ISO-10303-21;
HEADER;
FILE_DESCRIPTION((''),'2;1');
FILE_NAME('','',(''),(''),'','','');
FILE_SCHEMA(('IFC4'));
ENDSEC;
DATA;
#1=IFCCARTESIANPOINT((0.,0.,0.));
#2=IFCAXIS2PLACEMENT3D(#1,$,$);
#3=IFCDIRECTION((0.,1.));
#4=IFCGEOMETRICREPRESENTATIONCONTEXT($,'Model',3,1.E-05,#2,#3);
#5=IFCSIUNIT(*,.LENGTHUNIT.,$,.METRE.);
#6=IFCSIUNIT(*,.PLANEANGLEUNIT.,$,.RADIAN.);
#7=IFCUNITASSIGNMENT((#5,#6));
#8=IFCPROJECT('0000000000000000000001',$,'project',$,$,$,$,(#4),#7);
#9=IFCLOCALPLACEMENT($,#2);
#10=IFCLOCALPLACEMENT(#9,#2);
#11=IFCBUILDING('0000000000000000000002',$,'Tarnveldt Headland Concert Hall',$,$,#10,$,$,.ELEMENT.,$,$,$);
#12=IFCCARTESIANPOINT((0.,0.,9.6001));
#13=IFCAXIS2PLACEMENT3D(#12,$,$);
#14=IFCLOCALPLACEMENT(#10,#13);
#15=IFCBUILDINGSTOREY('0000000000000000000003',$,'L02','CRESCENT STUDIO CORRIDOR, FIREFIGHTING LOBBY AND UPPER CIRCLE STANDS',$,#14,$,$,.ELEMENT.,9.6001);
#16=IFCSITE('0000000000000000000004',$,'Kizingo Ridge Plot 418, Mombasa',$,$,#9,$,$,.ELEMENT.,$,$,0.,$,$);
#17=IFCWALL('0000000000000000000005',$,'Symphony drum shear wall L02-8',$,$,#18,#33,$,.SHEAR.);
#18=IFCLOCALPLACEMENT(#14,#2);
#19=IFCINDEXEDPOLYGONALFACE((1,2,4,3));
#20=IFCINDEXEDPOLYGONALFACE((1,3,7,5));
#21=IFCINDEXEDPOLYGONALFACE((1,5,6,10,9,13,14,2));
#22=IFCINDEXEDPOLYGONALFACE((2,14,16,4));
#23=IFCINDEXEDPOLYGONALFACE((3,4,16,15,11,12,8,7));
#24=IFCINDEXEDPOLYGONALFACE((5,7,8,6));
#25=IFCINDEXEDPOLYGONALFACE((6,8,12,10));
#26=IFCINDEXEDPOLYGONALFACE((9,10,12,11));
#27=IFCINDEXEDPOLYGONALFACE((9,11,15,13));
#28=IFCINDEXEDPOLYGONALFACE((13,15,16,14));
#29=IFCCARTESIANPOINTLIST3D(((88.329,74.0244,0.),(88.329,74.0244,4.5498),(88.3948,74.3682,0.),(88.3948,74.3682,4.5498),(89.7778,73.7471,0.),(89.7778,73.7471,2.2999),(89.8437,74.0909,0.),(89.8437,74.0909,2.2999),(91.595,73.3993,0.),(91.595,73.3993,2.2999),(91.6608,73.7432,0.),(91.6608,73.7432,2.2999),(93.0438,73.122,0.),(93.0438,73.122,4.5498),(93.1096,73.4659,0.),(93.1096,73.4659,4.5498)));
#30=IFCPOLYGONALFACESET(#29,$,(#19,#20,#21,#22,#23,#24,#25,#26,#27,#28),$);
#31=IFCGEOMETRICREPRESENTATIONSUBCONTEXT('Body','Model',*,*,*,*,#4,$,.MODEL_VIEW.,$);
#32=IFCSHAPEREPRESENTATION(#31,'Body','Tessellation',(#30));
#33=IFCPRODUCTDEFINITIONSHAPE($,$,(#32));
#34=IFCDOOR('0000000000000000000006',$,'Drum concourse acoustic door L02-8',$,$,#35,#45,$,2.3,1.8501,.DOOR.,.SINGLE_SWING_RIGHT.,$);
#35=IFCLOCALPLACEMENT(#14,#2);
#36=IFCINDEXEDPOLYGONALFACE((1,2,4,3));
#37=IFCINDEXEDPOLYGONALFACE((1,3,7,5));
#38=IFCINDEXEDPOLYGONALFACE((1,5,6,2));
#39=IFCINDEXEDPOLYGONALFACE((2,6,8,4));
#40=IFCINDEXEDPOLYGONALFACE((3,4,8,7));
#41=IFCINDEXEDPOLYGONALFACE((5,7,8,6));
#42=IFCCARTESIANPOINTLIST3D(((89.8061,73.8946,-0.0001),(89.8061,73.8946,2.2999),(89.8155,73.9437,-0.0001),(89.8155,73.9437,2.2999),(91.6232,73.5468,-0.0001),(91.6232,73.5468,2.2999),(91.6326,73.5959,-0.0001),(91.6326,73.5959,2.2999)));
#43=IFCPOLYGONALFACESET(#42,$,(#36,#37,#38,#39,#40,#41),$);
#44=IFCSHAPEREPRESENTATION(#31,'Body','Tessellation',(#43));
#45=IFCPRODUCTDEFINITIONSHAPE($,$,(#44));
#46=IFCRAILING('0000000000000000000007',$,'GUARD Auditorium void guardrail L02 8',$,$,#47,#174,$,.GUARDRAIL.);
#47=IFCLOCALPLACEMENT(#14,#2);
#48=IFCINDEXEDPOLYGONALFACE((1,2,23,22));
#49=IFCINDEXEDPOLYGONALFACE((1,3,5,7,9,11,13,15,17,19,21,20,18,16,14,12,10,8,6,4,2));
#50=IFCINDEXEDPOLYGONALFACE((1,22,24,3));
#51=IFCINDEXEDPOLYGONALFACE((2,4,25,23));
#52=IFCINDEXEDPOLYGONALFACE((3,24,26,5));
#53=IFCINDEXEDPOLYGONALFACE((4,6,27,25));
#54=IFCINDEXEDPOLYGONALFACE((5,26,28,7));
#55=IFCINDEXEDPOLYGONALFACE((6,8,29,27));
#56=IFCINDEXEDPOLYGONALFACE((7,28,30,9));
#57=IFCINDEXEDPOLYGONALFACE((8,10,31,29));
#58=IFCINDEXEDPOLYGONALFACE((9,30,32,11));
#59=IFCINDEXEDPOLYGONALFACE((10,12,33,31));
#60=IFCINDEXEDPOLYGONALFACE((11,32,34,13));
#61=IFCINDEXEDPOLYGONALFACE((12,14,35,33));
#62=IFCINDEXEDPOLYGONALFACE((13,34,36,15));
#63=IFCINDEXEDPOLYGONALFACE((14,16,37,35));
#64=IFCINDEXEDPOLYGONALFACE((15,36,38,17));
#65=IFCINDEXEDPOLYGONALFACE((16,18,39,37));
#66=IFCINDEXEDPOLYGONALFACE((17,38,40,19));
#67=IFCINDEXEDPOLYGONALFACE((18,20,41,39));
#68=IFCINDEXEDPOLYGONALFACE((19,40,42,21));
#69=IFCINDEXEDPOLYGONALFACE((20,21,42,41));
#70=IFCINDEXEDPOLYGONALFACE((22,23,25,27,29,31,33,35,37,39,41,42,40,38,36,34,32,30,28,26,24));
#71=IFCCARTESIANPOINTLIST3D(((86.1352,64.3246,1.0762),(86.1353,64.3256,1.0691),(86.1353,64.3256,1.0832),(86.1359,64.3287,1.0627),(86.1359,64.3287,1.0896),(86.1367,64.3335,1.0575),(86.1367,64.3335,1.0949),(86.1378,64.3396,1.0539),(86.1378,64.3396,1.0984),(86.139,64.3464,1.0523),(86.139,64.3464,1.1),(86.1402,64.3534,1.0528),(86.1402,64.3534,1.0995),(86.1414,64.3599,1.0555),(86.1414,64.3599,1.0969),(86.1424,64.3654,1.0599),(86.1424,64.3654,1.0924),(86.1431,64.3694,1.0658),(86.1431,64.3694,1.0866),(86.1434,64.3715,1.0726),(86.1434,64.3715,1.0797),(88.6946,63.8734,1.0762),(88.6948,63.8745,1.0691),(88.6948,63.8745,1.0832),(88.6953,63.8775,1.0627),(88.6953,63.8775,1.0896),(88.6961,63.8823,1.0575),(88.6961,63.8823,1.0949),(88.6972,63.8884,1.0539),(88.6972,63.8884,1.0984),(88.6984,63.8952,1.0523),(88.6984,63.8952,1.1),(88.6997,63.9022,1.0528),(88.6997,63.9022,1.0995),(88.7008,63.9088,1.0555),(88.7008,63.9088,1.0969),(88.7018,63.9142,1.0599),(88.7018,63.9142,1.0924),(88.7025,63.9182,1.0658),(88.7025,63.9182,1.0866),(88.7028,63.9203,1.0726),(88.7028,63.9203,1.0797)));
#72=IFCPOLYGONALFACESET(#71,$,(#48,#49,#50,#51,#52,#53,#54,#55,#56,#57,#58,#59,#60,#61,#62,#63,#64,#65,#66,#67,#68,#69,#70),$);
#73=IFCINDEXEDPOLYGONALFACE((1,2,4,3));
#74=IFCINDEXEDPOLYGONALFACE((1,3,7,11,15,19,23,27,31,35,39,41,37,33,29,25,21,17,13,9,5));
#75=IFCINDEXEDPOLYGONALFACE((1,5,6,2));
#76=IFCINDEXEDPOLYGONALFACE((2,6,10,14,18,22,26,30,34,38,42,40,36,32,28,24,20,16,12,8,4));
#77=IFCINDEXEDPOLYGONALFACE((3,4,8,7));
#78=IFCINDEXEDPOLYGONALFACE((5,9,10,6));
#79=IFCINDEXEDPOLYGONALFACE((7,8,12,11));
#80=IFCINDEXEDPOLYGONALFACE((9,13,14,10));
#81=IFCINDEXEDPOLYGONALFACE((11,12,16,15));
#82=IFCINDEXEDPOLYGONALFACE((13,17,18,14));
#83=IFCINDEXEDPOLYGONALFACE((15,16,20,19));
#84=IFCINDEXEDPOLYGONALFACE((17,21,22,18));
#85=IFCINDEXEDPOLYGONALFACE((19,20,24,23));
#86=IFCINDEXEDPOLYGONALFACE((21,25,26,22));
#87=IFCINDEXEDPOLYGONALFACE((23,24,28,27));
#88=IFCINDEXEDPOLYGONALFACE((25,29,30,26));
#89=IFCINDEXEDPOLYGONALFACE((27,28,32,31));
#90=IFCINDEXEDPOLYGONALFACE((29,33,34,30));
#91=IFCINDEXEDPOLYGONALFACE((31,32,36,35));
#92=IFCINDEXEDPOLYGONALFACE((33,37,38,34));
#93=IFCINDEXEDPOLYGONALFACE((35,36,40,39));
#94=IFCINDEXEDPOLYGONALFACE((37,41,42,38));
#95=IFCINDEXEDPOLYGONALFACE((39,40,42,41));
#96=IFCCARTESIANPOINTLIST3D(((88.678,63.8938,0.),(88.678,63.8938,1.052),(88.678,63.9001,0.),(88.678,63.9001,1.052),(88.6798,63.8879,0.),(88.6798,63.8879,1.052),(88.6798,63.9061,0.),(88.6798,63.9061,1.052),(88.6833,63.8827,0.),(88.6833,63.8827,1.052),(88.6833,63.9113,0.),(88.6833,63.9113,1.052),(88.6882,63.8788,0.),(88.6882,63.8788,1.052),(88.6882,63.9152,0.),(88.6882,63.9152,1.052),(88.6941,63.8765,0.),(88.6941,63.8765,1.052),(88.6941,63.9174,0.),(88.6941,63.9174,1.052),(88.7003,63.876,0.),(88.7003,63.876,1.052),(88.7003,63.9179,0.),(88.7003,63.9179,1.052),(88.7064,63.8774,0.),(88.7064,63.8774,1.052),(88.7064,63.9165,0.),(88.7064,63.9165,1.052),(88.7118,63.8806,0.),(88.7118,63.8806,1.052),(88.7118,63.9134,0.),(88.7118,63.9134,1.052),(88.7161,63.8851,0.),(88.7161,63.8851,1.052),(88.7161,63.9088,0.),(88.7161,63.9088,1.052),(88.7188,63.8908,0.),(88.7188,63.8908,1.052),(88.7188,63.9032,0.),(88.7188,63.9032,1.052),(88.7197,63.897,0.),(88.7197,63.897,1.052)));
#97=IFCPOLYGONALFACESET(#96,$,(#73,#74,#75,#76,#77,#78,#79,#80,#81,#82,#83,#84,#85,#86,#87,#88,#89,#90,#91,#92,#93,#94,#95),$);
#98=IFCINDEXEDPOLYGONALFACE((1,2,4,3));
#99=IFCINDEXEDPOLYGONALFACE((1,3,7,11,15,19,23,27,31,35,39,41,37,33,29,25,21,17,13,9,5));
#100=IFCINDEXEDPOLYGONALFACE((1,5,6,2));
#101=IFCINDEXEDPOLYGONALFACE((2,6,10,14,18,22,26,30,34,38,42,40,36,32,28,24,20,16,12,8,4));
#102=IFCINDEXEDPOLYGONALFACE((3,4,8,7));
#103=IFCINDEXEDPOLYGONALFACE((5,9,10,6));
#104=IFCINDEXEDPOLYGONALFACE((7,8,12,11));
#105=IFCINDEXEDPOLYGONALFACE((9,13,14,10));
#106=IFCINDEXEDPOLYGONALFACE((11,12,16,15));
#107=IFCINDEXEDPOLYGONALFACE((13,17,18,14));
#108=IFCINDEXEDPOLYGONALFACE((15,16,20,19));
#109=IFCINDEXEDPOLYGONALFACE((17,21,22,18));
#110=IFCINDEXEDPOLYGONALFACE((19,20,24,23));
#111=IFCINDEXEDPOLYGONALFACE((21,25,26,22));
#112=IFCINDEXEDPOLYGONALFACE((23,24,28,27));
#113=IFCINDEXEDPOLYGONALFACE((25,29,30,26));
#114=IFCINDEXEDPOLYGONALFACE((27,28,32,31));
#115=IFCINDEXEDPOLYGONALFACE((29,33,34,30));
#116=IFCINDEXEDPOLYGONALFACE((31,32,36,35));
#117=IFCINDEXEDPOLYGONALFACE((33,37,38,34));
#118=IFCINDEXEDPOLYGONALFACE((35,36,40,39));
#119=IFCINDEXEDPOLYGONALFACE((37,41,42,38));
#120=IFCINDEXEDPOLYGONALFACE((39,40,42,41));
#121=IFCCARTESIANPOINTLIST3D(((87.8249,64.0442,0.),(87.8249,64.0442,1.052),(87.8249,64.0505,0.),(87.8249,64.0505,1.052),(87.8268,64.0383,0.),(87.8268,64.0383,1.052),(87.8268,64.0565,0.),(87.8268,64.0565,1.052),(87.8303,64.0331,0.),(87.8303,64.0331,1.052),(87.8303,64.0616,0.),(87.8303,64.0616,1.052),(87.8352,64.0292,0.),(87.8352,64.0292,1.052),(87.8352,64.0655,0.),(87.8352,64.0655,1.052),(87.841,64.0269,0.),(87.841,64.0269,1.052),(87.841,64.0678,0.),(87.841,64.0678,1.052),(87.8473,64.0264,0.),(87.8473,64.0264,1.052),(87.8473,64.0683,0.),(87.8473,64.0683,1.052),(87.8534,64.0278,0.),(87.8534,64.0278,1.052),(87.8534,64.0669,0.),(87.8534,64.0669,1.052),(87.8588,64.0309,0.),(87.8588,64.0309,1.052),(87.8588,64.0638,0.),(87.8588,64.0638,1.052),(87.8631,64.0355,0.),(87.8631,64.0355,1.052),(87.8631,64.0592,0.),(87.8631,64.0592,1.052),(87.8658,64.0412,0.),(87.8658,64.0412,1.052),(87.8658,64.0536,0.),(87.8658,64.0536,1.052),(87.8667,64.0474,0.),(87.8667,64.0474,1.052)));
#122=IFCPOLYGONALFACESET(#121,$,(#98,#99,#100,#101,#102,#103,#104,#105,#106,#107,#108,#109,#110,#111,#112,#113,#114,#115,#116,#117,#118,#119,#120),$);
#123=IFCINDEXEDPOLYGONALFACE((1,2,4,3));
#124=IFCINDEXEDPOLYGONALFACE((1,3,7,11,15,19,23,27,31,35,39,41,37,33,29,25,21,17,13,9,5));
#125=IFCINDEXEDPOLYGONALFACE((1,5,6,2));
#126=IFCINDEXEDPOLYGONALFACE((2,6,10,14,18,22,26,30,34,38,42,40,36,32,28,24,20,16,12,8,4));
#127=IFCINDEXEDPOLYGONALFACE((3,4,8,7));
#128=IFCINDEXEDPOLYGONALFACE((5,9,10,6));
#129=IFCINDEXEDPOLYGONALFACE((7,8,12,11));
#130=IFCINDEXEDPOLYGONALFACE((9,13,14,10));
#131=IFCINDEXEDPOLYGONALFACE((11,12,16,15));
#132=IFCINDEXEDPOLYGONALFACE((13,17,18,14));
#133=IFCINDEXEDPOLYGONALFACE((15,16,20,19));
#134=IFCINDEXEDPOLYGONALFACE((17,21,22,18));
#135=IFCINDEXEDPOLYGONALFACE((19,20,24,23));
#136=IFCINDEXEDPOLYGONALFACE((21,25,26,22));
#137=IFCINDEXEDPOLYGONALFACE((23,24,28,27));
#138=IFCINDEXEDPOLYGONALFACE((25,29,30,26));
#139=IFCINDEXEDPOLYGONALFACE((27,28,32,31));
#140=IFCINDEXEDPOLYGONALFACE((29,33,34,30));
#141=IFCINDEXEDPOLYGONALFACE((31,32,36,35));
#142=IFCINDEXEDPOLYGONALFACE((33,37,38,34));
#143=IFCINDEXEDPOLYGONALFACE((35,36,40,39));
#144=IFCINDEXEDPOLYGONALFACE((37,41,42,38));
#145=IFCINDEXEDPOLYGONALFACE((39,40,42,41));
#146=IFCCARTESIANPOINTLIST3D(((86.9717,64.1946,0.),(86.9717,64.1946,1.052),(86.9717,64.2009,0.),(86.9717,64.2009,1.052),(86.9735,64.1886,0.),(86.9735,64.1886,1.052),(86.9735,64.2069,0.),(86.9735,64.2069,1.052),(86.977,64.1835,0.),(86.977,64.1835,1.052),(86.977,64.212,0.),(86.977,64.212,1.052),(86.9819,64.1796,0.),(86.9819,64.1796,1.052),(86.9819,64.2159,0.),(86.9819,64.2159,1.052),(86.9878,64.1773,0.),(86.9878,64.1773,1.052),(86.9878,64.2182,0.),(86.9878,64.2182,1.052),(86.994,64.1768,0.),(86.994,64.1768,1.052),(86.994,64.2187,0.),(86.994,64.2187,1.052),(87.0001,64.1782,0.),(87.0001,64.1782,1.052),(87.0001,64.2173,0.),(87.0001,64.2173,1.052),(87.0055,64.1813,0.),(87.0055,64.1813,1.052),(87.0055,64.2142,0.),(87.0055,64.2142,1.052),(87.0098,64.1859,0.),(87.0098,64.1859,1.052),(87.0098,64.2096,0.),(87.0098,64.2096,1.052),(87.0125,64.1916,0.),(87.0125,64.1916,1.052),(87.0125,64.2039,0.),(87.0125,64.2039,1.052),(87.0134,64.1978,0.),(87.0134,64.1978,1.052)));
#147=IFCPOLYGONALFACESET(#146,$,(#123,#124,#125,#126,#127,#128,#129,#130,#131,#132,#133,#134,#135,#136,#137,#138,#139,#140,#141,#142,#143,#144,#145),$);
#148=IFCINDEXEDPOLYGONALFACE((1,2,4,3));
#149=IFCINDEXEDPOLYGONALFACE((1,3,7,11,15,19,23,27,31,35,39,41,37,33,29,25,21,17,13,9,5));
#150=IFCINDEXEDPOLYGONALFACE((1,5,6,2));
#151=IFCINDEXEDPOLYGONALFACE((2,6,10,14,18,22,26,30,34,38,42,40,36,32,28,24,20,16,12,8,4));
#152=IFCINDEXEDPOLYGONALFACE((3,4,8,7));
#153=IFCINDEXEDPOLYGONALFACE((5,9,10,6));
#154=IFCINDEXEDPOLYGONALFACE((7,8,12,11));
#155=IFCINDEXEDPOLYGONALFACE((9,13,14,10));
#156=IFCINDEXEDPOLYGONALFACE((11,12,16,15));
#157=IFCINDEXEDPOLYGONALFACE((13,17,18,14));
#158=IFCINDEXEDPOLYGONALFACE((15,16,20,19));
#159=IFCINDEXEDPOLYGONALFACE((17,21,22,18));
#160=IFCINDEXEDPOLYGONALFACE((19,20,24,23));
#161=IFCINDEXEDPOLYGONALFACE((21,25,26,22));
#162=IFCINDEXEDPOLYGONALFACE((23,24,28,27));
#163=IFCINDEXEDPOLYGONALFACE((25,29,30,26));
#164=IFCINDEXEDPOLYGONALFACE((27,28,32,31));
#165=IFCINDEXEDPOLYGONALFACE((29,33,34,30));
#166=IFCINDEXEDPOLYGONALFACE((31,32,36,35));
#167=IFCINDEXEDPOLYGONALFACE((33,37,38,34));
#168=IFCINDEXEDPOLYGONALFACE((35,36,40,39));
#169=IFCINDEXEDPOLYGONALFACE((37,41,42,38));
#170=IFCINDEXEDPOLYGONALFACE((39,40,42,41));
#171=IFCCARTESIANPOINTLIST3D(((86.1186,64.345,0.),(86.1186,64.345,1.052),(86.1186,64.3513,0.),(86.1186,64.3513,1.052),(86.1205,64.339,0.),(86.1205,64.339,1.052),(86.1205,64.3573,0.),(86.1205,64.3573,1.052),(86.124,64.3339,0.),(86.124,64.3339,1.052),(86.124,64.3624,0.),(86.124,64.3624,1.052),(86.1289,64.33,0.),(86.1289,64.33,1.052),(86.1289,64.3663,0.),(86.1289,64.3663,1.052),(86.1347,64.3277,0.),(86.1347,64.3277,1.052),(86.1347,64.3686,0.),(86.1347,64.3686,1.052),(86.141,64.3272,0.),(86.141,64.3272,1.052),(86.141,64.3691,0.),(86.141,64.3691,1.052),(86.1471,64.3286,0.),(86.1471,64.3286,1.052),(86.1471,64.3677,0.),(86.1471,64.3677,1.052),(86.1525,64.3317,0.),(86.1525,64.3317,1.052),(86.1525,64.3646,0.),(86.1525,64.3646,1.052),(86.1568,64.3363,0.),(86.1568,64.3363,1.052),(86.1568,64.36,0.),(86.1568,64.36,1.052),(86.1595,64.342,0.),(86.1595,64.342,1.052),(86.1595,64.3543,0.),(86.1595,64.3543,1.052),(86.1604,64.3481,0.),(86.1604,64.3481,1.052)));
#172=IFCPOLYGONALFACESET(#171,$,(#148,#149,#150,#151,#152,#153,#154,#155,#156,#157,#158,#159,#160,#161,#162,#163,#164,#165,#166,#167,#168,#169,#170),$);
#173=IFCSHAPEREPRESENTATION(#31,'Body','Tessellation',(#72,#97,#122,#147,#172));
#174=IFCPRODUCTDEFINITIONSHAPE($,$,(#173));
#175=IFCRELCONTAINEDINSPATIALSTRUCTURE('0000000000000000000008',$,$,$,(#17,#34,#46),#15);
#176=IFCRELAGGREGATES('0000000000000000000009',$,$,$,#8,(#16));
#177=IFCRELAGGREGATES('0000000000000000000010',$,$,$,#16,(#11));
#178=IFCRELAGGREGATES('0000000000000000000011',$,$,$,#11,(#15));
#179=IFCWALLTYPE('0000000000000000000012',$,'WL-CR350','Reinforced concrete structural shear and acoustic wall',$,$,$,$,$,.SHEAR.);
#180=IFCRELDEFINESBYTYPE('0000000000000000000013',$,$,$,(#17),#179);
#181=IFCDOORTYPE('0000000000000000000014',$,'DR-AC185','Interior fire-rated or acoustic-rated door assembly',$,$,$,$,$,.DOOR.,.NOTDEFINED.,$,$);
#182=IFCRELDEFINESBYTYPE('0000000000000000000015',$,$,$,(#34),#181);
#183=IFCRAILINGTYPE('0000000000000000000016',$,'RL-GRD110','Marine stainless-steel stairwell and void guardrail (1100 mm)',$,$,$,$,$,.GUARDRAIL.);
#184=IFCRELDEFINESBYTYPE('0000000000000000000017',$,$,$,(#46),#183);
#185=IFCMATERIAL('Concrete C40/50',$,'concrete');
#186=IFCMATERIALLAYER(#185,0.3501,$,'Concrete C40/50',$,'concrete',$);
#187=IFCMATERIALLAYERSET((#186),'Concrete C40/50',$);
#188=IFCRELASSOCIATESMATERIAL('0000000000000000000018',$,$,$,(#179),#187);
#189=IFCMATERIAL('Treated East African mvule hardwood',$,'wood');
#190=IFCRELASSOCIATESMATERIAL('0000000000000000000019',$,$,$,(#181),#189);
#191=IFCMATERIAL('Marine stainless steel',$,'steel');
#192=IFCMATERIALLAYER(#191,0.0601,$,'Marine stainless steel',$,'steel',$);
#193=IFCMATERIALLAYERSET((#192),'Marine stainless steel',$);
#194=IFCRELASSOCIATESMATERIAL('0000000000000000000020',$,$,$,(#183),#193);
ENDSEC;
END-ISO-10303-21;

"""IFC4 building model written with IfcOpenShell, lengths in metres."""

from ifc_helpers import new_model, si_unit, direction, frame, frame_2d, origin, origin_2d, place, context, subcontext, project, spatial, rectangle, circle, extrude, material, layer, layer_set, type_object, element, fill, save


model = new_model("IFC4")

# Units and contexts
model_context = context("Model", 3, precision=1e-05, world=origin(), true_north=direction((0.0, 1.0)))
body_context = subcontext(model_context, "Body", "Model", "MODEL_VIEW")
ifc_project = project(units=[si_unit("LENGTHUNIT", "METRE"), si_unit("PLANEANGLEUNIT", "RADIAN")], contexts=[model_context])

# Site, building, storey
site_placement = place(None, origin())
site = spatial("IfcSite", under=ifc_project, at=site_placement, Name="Kizingo Ridge Plot 418, Mombasa", CompositionType="ELEMENT", RefElevation=0.0)
building_placement = place(site_placement, origin())
building = spatial("IfcBuilding", under=site, at=building_placement, Name="Tarnveldt Headland Concert Hall", CompositionType="ELEMENT")
storey_placement = place(building_placement, frame((0.0, 0.0, 9.6001)))
storey = spatial("IfcBuildingStorey", under=building, at=storey_placement, Name="L02", Description="CRESCENT STUDIO CORRIDOR, FIREFIGHTING LOBBY AND UPPER CIRCLE STANDS", CompositionType="ELEMENT", Elevation=9.6001)

# Shared definitions
ifc_material_1 = material(Name="Concrete C40/50", Category="concrete")

# Shared definitions
ifc_layer_1 = layer(ifc_material_1, 0.3501, Name="Concrete C40/50", Category="concrete")
ifc_layer_set_1 = layer_set([ifc_layer_1], Name="Concrete C40/50")
wall_type_1 = type_object("IfcWallType", Name="WL-CR350", Description="Reinforced concrete structural shear and acoustic wall", PredefinedType="SHEAR", material=ifc_layer_set_1)

# Wall, opening, door
wall_1_placement = place(storey_placement, frame((93.0767, 73.2939, 0.0), z_axis=(0.0, 0.0, 1.0), x_axis=(-0.982173, 0.187981, 0.0)))
wall_1 = element("IfcWall", 1, at=wall_1_placement, inside=storey, type_object=wall_type_1, Name="Symphony drum shear wall L02-8", PredefinedType="SHEAR", context=body_context, shape_type="SweptSolid", body=[
    extrude(rectangle(XDim=4.8003, YDim=0.3501, at=frame_2d((2.4001, 0.0))), origin(), (0.0, 0.0, 1.0), 4.5498),
])
opening_placement = place(wall_1_placement, frame((1.4751, 0.0, 0.0)))
opening = element("IfcOpeningElement", 2, at=opening_placement, cuts=wall_1, PredefinedType="OPENING", context=body_context, shape_type="SweptSolid", body=[
    extrude(rectangle(XDim=1.8501, YDim=2.3, at=frame_2d((0.925, 1.1499))), frame((0.0, 0.1851, 0.0), z_axis=(0.0, -1.0, 0.0), x_axis=(1.0, 0.0, 0.0)), (0.0, 0.0, 1.0), 0.3701),
])
ifc_material_2 = material(Name="Treated East African mvule hardwood", Category="wood")
door_type = type_object("IfcDoorType", Name="DR-AC185", Description="Interior fire-rated or acoustic-rated door assembly", OperationType="NOTDEFINED", PredefinedType="DOOR", material=ifc_material_2)
door_placement = place(opening_placement, origin())
door = element("IfcDoor", 3, at=door_placement, inside=storey, type_object=door_type, Name="Drum concourse acoustic door L02-8", OperationType="SINGLE_SWING_RIGHT", OverallHeight=2.3, OverallWidth=1.8501, PredefinedType="DOOR", context=body_context, shape_type="SweptSolid", body=[
    extrude(rectangle(XDim=1.8501, YDim=2.3, at=frame_2d((0.925, 1.1499))), frame((0.0, 0.0249, 0.0), z_axis=(0.0, -1.0, 0.0), x_axis=(1.0, 0.0, 0.0)), (0.0, 0.0, 1.0), 0.05),
])
fill(opening, door)

# Railing
ifc_material_3 = material(Name="Marine stainless steel", Category="steel")
ifc_layer_2 = layer(ifc_material_3, 0.0601, Name="Marine stainless steel", Category="steel")
ifc_layer_set_2 = layer_set([ifc_layer_2], Name="Marine stainless steel")
railing_type = type_object("IfcRailingType", Name="RL-GRD110", Description="Marine stainless-steel stairwell and void guardrail (1100 mm)", PredefinedType="GUARDRAIL", material=ifc_layer_set_2)
railing_1_placement = place(storey_placement, frame((88.6987, 63.897, 0.0)))
element("IfcRailing", 4, at=railing_1_placement, inside=storey, type_object=railing_type, Name="GUARD Auditorium void guardrail L02 8", PredefinedType="GUARDRAIL", context=body_context, shape_type="SweptSolid", body=[
    extrude(circle(Radius=0.0239, at=origin_2d()), frame((0.0, 0.0, 1.0762), z_axis=(-0.984815, 0.173608, 0.0), x_axis=(-0.173608, -0.984815, 0.0)), (0.0, 0.0, 1.0), 2.5989),
    extrude(circle(Radius=0.021, at=origin_2d()), origin(), (0.0, 0.0, 1.0), 1.052),
    extrude(circle(Radius=0.021, at=origin_2d()), frame((-0.853, 0.1504, 0.0)), (0.0, 0.0, 1.0), 1.052),
    extrude(circle(Radius=0.021, at=origin_2d()), frame((-1.7063, 0.3008, 0.0)), (0.0, 0.0, 1.0), 1.052),
    extrude(circle(Radius=0.021, at=origin_2d()), frame((-2.5593, 0.4512, 0.0)), (0.0, 0.0, 1.0), 1.052),
])

save(model, "model.ifc")
